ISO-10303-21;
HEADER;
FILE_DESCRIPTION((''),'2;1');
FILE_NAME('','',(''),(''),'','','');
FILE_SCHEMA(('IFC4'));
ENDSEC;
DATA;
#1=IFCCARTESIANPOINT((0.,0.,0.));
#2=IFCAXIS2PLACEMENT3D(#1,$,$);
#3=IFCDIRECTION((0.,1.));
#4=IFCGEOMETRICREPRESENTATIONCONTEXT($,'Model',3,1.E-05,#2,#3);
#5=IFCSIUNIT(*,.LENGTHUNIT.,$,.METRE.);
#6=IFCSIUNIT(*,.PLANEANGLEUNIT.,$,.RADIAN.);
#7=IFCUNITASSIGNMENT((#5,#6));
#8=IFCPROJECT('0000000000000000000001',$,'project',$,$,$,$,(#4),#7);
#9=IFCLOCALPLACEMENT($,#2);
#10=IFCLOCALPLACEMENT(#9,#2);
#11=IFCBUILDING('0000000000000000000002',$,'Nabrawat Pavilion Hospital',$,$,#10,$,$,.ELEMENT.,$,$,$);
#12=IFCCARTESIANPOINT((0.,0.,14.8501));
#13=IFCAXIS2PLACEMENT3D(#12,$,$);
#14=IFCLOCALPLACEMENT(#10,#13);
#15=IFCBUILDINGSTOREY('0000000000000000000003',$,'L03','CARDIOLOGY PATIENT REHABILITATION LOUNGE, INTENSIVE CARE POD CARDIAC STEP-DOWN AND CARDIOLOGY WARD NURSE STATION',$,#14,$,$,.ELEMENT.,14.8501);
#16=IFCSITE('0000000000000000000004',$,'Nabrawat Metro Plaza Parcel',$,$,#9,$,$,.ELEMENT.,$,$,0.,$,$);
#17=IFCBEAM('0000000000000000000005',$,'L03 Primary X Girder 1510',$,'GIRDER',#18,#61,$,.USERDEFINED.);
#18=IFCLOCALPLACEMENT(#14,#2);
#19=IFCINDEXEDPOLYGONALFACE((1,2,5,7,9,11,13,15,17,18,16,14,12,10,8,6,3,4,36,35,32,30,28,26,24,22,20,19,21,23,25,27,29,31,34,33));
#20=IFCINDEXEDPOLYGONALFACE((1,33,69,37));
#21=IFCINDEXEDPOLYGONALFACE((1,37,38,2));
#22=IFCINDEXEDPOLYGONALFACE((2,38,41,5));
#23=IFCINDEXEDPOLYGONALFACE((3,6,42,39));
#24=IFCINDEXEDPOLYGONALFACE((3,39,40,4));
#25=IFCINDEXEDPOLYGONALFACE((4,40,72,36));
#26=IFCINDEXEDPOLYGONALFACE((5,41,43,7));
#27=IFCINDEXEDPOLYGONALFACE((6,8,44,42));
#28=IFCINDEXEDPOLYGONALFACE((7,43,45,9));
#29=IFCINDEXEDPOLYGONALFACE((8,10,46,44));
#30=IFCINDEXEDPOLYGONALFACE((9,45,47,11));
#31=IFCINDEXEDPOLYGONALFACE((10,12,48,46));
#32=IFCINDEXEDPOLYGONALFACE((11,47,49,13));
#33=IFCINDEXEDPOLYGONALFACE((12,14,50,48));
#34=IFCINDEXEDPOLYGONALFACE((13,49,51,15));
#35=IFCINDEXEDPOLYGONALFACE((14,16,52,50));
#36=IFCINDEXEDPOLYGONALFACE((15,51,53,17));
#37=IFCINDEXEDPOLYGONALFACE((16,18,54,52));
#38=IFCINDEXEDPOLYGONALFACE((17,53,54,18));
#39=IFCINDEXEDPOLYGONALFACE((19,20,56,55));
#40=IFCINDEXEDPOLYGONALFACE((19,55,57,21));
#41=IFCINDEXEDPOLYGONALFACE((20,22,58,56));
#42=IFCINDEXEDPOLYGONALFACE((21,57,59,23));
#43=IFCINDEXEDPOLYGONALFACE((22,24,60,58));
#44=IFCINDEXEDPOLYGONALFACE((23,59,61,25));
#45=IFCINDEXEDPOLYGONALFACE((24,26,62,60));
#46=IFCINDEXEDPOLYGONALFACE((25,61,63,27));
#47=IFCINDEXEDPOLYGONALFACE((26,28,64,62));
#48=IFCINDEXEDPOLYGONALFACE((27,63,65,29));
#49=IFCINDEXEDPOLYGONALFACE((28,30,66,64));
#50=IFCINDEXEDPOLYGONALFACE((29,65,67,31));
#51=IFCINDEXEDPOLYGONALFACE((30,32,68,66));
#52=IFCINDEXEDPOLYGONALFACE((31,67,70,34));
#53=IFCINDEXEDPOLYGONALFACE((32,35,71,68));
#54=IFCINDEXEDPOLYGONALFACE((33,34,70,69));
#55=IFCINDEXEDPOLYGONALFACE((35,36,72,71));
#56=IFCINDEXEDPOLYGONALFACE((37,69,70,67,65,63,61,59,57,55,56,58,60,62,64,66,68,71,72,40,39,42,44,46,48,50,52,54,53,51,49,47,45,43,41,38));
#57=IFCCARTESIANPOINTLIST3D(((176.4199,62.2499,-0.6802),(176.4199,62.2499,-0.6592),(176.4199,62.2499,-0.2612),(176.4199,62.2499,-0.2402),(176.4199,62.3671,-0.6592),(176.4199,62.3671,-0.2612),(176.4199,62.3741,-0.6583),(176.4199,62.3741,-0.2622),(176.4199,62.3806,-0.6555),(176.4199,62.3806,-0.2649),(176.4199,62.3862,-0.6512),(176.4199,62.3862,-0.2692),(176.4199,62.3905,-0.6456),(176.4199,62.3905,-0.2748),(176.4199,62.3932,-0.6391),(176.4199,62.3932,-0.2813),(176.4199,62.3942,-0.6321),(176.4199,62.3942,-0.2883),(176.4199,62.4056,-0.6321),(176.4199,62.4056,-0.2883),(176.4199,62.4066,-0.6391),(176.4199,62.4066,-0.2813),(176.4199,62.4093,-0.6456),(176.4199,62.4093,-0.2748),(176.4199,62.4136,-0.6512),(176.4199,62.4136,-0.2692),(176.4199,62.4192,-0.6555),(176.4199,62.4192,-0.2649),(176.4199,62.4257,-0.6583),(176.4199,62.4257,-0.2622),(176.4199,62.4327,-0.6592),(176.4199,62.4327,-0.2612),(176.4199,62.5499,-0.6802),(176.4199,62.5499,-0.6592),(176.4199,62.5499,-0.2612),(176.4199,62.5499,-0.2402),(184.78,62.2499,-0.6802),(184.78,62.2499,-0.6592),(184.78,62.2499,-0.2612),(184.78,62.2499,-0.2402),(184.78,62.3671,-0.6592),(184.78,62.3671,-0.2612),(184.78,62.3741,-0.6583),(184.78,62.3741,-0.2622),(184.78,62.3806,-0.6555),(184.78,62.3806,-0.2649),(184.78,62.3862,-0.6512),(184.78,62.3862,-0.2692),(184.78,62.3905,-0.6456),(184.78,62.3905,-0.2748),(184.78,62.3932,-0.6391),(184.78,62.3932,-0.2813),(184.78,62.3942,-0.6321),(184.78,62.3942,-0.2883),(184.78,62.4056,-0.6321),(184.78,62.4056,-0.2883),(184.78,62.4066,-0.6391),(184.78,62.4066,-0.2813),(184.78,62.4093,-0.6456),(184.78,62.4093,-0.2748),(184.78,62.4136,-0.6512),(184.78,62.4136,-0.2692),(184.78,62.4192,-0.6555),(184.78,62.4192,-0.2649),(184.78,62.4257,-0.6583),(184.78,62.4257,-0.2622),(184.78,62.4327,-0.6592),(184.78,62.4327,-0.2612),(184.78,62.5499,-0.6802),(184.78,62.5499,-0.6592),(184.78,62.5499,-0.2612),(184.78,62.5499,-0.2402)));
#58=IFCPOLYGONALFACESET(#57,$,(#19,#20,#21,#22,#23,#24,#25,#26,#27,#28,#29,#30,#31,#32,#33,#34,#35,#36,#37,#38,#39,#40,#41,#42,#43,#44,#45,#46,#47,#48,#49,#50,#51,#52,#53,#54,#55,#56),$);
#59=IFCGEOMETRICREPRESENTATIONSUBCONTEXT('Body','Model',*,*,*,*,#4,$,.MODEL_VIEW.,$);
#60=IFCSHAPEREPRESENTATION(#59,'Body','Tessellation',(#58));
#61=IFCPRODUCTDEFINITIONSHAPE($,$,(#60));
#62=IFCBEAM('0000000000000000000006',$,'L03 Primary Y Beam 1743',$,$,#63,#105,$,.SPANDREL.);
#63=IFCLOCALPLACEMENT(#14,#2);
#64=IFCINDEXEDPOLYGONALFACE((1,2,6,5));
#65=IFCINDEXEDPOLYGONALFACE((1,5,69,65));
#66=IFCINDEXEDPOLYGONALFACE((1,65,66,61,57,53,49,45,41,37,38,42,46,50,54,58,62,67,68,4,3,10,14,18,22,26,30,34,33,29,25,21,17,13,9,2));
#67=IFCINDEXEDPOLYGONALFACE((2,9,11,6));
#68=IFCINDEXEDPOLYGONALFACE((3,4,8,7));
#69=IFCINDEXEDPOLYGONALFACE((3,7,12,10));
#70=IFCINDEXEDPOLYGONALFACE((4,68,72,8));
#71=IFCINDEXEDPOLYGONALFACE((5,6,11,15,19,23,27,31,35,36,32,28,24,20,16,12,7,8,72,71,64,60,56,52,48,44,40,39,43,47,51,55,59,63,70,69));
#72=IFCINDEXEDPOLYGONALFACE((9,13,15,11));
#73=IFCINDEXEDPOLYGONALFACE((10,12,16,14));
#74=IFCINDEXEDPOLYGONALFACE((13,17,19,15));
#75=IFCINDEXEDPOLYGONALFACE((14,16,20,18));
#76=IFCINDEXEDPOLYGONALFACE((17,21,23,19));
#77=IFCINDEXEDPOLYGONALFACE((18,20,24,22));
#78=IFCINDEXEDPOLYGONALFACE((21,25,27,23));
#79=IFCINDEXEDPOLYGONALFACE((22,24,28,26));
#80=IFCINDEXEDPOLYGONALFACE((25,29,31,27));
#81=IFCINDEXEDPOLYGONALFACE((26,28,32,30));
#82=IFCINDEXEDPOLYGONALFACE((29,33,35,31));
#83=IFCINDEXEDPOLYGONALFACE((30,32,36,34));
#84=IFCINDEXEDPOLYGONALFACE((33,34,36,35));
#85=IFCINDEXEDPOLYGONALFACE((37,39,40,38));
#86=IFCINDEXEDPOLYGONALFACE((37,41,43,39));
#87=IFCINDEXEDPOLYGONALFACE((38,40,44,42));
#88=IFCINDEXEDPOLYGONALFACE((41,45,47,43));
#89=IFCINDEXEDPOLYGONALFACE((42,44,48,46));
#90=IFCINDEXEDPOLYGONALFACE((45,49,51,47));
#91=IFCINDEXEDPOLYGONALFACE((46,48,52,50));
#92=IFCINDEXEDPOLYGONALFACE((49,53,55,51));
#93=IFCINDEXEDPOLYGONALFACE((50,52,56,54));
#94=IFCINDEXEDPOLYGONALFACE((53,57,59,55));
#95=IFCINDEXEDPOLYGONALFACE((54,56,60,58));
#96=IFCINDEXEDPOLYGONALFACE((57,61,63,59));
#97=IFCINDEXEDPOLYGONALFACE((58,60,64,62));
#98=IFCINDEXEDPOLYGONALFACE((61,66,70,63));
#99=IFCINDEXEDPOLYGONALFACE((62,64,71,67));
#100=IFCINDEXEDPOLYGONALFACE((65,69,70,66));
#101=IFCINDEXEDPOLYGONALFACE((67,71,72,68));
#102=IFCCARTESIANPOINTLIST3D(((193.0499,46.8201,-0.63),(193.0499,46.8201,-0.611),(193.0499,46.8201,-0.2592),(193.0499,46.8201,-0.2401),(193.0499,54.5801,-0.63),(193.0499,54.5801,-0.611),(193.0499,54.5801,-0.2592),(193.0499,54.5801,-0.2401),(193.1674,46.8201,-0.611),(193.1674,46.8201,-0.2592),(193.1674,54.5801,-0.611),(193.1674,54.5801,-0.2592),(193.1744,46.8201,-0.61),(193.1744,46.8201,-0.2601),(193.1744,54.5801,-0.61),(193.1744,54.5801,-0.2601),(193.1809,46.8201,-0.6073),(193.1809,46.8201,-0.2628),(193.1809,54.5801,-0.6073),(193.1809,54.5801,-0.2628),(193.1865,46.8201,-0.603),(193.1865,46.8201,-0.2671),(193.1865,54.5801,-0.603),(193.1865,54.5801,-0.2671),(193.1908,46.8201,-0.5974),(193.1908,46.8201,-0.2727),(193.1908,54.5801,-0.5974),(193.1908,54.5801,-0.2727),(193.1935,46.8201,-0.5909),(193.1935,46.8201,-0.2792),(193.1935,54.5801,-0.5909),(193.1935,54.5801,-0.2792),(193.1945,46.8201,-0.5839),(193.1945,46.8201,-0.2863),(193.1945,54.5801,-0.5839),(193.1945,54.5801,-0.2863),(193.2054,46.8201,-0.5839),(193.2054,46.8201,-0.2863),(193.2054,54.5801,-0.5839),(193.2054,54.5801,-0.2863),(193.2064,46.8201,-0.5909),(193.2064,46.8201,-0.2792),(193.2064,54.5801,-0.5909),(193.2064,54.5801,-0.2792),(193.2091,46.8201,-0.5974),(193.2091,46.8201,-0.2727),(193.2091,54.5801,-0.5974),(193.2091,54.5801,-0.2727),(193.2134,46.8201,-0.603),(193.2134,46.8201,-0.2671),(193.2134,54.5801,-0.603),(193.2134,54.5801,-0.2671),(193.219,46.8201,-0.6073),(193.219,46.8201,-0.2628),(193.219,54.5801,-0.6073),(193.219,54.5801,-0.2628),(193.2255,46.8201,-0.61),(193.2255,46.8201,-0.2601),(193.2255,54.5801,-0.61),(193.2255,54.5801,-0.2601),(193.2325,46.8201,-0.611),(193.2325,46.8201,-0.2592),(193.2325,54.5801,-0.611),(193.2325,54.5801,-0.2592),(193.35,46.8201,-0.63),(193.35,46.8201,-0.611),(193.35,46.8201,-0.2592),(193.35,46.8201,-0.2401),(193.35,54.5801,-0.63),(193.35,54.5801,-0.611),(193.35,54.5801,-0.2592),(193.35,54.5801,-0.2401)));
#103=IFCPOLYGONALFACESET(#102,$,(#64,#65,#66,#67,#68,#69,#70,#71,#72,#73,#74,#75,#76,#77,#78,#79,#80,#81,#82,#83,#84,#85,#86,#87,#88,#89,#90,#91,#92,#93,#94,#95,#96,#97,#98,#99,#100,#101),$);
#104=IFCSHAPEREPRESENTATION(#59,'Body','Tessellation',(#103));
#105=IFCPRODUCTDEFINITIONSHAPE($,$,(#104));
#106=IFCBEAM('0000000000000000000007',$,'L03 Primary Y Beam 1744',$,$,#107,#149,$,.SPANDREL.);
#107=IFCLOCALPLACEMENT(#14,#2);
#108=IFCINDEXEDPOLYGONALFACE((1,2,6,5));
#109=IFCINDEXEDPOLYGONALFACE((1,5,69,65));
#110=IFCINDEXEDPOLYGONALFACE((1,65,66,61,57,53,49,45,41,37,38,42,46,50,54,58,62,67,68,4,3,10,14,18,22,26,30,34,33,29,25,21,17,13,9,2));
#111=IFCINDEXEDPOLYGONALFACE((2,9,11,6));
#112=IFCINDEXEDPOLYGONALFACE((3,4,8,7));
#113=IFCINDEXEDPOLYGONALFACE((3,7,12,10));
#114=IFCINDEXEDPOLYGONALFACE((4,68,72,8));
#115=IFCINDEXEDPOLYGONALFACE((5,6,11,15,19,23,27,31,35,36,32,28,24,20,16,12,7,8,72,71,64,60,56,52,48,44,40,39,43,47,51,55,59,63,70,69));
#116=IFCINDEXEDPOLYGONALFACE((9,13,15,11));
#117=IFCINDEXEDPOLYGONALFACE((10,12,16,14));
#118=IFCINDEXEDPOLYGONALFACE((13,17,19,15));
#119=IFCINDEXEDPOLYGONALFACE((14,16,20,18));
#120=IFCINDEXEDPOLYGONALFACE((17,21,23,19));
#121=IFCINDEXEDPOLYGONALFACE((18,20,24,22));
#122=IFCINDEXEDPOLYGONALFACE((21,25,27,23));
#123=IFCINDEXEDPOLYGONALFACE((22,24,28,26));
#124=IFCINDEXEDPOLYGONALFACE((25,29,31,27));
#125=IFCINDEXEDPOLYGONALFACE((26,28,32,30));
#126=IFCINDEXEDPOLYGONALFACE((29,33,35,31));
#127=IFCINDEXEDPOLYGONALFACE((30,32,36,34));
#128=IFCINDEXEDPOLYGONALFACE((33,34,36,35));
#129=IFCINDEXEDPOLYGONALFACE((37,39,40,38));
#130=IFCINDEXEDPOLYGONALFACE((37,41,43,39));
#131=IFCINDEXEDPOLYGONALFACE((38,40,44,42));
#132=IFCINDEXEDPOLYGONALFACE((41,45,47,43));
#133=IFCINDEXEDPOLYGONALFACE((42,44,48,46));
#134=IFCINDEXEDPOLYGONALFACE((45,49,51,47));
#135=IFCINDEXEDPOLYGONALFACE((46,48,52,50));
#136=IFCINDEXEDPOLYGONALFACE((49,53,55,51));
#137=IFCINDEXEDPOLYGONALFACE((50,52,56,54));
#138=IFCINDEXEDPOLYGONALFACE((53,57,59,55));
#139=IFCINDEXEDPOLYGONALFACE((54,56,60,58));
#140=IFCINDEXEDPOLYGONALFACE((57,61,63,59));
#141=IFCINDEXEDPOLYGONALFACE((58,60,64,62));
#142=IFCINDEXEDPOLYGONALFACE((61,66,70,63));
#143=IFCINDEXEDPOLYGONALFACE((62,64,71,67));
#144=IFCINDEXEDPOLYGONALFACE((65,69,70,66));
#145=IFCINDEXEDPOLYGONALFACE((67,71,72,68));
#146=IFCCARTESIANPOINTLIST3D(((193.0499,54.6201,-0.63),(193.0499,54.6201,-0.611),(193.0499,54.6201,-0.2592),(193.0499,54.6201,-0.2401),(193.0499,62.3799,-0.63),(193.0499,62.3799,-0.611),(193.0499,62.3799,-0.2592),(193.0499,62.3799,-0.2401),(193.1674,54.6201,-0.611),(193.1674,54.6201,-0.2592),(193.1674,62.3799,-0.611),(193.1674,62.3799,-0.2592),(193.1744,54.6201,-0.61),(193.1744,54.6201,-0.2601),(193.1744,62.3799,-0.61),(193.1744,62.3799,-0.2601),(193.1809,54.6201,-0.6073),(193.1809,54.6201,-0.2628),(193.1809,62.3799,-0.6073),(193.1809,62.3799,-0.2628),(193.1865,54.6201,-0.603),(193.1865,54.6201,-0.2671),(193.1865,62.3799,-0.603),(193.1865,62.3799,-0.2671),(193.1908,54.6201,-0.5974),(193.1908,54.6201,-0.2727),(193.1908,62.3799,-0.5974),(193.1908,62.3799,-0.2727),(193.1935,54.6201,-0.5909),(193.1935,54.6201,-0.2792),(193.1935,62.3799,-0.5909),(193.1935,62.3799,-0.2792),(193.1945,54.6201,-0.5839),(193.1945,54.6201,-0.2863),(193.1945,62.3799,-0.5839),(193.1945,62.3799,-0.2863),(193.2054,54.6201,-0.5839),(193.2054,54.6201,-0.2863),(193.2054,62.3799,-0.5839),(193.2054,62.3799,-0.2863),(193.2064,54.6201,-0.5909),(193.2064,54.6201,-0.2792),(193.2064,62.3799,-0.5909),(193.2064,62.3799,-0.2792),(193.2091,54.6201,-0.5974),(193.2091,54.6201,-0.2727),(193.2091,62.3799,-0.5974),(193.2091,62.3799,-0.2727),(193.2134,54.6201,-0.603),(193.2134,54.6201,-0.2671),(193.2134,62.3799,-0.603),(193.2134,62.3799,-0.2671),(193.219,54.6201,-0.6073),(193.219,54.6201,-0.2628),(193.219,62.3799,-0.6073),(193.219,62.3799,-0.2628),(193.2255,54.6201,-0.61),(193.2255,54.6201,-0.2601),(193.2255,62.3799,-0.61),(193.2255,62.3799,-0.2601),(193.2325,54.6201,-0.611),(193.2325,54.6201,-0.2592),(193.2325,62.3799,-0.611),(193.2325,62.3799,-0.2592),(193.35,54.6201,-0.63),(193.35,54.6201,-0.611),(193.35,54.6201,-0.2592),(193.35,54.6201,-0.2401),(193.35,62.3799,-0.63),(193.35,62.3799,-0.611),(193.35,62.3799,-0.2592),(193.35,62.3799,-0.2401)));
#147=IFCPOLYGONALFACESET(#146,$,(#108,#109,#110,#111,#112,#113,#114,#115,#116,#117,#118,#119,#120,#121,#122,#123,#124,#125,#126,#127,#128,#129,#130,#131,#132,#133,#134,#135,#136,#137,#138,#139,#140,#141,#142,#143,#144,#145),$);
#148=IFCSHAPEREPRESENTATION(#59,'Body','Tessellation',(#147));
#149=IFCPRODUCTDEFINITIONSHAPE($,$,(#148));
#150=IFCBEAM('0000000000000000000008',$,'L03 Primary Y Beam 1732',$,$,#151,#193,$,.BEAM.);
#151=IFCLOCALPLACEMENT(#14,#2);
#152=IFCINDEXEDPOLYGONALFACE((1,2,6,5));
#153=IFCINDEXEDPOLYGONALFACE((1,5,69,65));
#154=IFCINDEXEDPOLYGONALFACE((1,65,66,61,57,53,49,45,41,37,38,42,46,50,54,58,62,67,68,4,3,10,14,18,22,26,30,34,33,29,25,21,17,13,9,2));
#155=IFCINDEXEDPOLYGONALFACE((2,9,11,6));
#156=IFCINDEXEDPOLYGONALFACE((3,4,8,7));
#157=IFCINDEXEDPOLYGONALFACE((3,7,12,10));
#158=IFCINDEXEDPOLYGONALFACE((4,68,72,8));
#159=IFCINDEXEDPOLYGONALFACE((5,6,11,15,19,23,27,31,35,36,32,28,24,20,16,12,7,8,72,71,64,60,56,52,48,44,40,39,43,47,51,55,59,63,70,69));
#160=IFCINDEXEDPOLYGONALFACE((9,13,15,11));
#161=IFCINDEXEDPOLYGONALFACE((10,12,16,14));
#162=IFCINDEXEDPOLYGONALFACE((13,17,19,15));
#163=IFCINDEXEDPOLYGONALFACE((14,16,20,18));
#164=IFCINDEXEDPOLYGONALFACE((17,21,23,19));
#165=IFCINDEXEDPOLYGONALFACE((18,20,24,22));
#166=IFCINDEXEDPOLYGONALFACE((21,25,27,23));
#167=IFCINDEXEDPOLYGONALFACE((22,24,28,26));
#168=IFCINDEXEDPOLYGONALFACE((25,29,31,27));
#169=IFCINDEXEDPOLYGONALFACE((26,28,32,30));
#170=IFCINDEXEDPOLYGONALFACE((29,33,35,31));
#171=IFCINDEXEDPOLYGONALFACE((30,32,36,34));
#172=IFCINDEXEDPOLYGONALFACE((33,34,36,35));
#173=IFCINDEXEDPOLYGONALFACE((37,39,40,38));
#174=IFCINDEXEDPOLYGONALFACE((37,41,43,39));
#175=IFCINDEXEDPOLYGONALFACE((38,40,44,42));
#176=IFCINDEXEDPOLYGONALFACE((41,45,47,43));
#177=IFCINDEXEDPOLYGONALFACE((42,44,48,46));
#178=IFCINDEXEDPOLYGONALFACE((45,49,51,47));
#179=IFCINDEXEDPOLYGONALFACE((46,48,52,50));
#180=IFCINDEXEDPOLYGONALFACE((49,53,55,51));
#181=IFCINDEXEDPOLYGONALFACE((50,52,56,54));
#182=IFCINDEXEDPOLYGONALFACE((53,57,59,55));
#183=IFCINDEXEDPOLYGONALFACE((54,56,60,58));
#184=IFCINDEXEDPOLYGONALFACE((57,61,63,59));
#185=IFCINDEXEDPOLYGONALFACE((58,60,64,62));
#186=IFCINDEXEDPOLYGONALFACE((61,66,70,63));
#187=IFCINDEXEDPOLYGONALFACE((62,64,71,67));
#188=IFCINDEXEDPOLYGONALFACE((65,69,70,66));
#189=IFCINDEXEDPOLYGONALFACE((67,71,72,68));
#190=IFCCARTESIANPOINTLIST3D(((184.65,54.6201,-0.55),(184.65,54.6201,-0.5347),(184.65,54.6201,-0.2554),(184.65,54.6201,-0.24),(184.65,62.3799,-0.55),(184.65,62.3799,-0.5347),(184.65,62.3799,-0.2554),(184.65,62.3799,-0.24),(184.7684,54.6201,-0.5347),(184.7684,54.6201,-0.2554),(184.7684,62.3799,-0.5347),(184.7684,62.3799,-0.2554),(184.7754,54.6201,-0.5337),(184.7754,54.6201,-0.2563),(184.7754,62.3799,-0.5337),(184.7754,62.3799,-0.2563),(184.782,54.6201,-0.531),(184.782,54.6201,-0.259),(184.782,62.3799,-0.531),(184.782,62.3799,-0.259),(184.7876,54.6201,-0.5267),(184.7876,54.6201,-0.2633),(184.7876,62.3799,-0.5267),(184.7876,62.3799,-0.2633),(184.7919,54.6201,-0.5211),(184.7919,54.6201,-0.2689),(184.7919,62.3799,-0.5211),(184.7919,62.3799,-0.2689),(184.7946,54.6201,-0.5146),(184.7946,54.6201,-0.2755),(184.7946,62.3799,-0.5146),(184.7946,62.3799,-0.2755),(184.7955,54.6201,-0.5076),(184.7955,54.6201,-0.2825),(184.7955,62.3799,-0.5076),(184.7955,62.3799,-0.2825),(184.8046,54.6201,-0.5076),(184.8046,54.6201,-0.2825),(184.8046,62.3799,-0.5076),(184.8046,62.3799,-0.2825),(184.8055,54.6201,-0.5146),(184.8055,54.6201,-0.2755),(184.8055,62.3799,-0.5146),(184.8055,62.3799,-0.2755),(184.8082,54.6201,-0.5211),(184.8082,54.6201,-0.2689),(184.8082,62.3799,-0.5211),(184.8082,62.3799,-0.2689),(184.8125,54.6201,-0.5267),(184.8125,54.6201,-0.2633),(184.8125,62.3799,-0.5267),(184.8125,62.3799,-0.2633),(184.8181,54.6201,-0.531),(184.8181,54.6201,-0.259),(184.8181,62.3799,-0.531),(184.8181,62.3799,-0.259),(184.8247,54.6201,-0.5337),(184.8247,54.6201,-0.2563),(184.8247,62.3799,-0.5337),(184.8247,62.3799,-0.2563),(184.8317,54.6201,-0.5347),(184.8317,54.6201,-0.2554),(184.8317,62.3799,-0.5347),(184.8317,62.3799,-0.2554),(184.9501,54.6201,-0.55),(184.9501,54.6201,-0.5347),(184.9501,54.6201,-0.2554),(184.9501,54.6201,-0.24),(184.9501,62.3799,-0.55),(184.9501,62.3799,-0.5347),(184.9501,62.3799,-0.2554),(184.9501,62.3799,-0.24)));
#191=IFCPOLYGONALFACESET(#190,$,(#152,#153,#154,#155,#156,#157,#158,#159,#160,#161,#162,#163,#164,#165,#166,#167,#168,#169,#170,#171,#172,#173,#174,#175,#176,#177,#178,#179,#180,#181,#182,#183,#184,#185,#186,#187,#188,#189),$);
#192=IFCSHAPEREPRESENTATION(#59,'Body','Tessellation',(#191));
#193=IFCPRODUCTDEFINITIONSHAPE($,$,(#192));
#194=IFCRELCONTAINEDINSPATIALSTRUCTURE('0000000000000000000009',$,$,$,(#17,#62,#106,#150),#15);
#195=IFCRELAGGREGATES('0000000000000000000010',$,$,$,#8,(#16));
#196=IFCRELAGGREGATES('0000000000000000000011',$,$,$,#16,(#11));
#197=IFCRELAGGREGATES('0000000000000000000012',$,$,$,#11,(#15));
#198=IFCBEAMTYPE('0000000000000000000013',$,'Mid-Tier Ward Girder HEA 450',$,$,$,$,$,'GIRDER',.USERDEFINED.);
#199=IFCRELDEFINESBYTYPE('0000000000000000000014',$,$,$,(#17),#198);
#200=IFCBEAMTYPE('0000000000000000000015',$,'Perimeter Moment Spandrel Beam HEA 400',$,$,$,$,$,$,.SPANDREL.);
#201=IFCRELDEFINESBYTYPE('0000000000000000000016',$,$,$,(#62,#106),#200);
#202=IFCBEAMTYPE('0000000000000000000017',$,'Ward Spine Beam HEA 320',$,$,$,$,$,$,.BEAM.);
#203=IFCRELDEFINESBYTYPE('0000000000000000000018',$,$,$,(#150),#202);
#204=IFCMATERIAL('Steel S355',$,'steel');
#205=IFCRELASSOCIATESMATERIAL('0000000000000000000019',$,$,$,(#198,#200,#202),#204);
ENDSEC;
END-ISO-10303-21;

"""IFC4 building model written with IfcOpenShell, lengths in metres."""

from ifc_helpers import new_model, si_unit, direction, frame, origin, origin_2d, place, context, subcontext, project, spatial, i_section, extrude, material, material_profile, profile_set, type_object, element, save


model = new_model("IFC4")

# Units and contexts
model_context = context("Model", 3, precision=1e-05, world=origin(), true_north=direction((0.0, 1.0)))
body_context = subcontext(model_context, "Body", "Model", "MODEL_VIEW")
ifc_project = project(units=[si_unit("LENGTHUNIT", "METRE"), si_unit("PLANEANGLEUNIT", "RADIAN")], contexts=[model_context])

# Site, building, storey
site_placement = place(None, origin())
site = spatial("IfcSite", under=ifc_project, at=site_placement, Name="Nabrawat Metro Plaza Parcel", CompositionType="ELEMENT", RefElevation=0.0)
building_placement = place(site_placement, origin())
building = spatial("IfcBuilding", under=site, at=building_placement, Name="Nabrawat Pavilion Hospital", CompositionType="ELEMENT")
storey_placement = place(building_placement, frame((0.0, 0.0, 14.8501)))
storey = spatial("IfcBuildingStorey", under=building, at=storey_placement, Name="L03", Description="CARDIOLOGY PATIENT REHABILITATION LOUNGE, INTENSIVE CARE POD CARDIAC STEP-DOWN AND CARDIOLOGY WARD NURSE STATION", CompositionType="ELEMENT", Elevation=14.8501)

# Shared definitions
ifc_material_1 = material(Name="Steel S355", Category="steel")

# Beams
ifc_material_profile_1 = material_profile(ifc_material_1, i_section(OverallWidth=0.3, OverallDepth=0.4399, WebThickness=0.0115, FlangeThickness=0.021, FilletRadius=0.0271, at=origin_2d()), Name="HEA 450")
ifc_profile_set_1 = profile_set([ifc_material_profile_1], Name="Steel S355")
beam_type_1 = type_object("IfcBeamType", Name="Mid-Tier Ward Girder HEA 450", ElementType="GIRDER", PredefinedType="USERDEFINED", material=ifc_profile_set_1)
beam_1_placement = place(storey_placement, frame((176.4199, 62.3999, -0.4602), z_axis=(1.0, 0.0, 0.0), x_axis=(0.0, 1.0, 0.0)))
element("IfcBeam", 1, at=beam_1_placement, inside=storey, type_object=beam_type_1, Name="L03 Primary X Girder 1510", ObjectType="GIRDER", PredefinedType="USERDEFINED", context=body_context, shape_type="SweptSolid", body=[
    extrude(i_section(OverallWidth=0.3, OverallDepth=0.4399, WebThickness=0.0115, FlangeThickness=0.021, FilletRadius=0.0271, at=origin_2d()), origin(), (0.0, 0.0, 1.0), 8.3601),
])
ifc_material_profile_2 = material_profile(ifc_material_1, i_section(OverallWidth=0.3, OverallDepth=0.3899, WebThickness=0.011, FlangeThickness=0.019, FilletRadius=0.0271, at=origin_2d()), Name="HEA 400")
ifc_profile_set_2 = profile_set([ifc_material_profile_2], Name="Steel S355")
beam_type_2 = type_object("IfcBeamType", Name="Perimeter Moment Spandrel Beam HEA 400", PredefinedType="SPANDREL", material=ifc_profile_set_2)
beam_2_placement = place(storey_placement, frame((193.2, 46.8201, -0.4351), z_axis=(0.0, 1.0, 0.0), x_axis=(-1.0, 0.0, 0.0)))
element("IfcBeam", 2, at=beam_2_placement, inside=storey, type_object=beam_type_2, Name="L03 Primary Y Beam 1743", PredefinedType="SPANDREL", context=body_context, shape_type="SweptSolid", body=[
    extrude(i_section(OverallWidth=0.3, OverallDepth=0.3899, WebThickness=0.011, FlangeThickness=0.019, FilletRadius=0.0271, at=origin_2d()), origin(), (0.0, 0.0, 1.0), 7.76),
])
beam_3_placement = place(storey_placement, frame((193.2, 54.6201, -0.4351), z_axis=(0.0, 1.0, 0.0), x_axis=(-1.0, 0.0, 0.0)))
element("IfcBeam", 3, at=beam_3_placement, inside=storey, type_object=beam_type_2, Name="L03 Primary Y Beam 1744", PredefinedType="SPANDREL", context=body_context, shape_type="SweptSolid", body=[
    extrude(i_section(OverallWidth=0.3, OverallDepth=0.3899, WebThickness=0.011, FlangeThickness=0.019, FilletRadius=0.0271, at=origin_2d()), origin(), (0.0, 0.0, 1.0), 7.7598),
])
ifc_material_profile_3 = material_profile(ifc_material_1, i_section(OverallWidth=0.3, OverallDepth=0.3101, WebThickness=0.009, FlangeThickness=0.0154, FilletRadius=0.0271, at=origin_2d()), Name="HEA 320")
ifc_profile_set_3 = profile_set([ifc_material_profile_3], Name="Steel S355")
beam_type_3 = type_object("IfcBeamType", Name="Ward Spine Beam HEA 320", PredefinedType="BEAM", material=ifc_profile_set_3)
beam_4_placement = place(storey_placement, frame((184.8, 54.6201, -0.395), z_axis=(0.0, 1.0, 0.0), x_axis=(-1.0, 0.0, 0.0)))
element("IfcBeam", 4, at=beam_4_placement, inside=storey, type_object=beam_type_3, Name="L03 Primary Y Beam 1732", PredefinedType="BEAM", context=body_context, shape_type="SweptSolid", body=[
    extrude(i_section(OverallWidth=0.3, OverallDepth=0.3101, WebThickness=0.009, FlangeThickness=0.0154, FilletRadius=0.0271, at=origin_2d()), origin(), (0.0, 0.0, 1.0), 7.7598),
])

save(model, "model.ifc")
